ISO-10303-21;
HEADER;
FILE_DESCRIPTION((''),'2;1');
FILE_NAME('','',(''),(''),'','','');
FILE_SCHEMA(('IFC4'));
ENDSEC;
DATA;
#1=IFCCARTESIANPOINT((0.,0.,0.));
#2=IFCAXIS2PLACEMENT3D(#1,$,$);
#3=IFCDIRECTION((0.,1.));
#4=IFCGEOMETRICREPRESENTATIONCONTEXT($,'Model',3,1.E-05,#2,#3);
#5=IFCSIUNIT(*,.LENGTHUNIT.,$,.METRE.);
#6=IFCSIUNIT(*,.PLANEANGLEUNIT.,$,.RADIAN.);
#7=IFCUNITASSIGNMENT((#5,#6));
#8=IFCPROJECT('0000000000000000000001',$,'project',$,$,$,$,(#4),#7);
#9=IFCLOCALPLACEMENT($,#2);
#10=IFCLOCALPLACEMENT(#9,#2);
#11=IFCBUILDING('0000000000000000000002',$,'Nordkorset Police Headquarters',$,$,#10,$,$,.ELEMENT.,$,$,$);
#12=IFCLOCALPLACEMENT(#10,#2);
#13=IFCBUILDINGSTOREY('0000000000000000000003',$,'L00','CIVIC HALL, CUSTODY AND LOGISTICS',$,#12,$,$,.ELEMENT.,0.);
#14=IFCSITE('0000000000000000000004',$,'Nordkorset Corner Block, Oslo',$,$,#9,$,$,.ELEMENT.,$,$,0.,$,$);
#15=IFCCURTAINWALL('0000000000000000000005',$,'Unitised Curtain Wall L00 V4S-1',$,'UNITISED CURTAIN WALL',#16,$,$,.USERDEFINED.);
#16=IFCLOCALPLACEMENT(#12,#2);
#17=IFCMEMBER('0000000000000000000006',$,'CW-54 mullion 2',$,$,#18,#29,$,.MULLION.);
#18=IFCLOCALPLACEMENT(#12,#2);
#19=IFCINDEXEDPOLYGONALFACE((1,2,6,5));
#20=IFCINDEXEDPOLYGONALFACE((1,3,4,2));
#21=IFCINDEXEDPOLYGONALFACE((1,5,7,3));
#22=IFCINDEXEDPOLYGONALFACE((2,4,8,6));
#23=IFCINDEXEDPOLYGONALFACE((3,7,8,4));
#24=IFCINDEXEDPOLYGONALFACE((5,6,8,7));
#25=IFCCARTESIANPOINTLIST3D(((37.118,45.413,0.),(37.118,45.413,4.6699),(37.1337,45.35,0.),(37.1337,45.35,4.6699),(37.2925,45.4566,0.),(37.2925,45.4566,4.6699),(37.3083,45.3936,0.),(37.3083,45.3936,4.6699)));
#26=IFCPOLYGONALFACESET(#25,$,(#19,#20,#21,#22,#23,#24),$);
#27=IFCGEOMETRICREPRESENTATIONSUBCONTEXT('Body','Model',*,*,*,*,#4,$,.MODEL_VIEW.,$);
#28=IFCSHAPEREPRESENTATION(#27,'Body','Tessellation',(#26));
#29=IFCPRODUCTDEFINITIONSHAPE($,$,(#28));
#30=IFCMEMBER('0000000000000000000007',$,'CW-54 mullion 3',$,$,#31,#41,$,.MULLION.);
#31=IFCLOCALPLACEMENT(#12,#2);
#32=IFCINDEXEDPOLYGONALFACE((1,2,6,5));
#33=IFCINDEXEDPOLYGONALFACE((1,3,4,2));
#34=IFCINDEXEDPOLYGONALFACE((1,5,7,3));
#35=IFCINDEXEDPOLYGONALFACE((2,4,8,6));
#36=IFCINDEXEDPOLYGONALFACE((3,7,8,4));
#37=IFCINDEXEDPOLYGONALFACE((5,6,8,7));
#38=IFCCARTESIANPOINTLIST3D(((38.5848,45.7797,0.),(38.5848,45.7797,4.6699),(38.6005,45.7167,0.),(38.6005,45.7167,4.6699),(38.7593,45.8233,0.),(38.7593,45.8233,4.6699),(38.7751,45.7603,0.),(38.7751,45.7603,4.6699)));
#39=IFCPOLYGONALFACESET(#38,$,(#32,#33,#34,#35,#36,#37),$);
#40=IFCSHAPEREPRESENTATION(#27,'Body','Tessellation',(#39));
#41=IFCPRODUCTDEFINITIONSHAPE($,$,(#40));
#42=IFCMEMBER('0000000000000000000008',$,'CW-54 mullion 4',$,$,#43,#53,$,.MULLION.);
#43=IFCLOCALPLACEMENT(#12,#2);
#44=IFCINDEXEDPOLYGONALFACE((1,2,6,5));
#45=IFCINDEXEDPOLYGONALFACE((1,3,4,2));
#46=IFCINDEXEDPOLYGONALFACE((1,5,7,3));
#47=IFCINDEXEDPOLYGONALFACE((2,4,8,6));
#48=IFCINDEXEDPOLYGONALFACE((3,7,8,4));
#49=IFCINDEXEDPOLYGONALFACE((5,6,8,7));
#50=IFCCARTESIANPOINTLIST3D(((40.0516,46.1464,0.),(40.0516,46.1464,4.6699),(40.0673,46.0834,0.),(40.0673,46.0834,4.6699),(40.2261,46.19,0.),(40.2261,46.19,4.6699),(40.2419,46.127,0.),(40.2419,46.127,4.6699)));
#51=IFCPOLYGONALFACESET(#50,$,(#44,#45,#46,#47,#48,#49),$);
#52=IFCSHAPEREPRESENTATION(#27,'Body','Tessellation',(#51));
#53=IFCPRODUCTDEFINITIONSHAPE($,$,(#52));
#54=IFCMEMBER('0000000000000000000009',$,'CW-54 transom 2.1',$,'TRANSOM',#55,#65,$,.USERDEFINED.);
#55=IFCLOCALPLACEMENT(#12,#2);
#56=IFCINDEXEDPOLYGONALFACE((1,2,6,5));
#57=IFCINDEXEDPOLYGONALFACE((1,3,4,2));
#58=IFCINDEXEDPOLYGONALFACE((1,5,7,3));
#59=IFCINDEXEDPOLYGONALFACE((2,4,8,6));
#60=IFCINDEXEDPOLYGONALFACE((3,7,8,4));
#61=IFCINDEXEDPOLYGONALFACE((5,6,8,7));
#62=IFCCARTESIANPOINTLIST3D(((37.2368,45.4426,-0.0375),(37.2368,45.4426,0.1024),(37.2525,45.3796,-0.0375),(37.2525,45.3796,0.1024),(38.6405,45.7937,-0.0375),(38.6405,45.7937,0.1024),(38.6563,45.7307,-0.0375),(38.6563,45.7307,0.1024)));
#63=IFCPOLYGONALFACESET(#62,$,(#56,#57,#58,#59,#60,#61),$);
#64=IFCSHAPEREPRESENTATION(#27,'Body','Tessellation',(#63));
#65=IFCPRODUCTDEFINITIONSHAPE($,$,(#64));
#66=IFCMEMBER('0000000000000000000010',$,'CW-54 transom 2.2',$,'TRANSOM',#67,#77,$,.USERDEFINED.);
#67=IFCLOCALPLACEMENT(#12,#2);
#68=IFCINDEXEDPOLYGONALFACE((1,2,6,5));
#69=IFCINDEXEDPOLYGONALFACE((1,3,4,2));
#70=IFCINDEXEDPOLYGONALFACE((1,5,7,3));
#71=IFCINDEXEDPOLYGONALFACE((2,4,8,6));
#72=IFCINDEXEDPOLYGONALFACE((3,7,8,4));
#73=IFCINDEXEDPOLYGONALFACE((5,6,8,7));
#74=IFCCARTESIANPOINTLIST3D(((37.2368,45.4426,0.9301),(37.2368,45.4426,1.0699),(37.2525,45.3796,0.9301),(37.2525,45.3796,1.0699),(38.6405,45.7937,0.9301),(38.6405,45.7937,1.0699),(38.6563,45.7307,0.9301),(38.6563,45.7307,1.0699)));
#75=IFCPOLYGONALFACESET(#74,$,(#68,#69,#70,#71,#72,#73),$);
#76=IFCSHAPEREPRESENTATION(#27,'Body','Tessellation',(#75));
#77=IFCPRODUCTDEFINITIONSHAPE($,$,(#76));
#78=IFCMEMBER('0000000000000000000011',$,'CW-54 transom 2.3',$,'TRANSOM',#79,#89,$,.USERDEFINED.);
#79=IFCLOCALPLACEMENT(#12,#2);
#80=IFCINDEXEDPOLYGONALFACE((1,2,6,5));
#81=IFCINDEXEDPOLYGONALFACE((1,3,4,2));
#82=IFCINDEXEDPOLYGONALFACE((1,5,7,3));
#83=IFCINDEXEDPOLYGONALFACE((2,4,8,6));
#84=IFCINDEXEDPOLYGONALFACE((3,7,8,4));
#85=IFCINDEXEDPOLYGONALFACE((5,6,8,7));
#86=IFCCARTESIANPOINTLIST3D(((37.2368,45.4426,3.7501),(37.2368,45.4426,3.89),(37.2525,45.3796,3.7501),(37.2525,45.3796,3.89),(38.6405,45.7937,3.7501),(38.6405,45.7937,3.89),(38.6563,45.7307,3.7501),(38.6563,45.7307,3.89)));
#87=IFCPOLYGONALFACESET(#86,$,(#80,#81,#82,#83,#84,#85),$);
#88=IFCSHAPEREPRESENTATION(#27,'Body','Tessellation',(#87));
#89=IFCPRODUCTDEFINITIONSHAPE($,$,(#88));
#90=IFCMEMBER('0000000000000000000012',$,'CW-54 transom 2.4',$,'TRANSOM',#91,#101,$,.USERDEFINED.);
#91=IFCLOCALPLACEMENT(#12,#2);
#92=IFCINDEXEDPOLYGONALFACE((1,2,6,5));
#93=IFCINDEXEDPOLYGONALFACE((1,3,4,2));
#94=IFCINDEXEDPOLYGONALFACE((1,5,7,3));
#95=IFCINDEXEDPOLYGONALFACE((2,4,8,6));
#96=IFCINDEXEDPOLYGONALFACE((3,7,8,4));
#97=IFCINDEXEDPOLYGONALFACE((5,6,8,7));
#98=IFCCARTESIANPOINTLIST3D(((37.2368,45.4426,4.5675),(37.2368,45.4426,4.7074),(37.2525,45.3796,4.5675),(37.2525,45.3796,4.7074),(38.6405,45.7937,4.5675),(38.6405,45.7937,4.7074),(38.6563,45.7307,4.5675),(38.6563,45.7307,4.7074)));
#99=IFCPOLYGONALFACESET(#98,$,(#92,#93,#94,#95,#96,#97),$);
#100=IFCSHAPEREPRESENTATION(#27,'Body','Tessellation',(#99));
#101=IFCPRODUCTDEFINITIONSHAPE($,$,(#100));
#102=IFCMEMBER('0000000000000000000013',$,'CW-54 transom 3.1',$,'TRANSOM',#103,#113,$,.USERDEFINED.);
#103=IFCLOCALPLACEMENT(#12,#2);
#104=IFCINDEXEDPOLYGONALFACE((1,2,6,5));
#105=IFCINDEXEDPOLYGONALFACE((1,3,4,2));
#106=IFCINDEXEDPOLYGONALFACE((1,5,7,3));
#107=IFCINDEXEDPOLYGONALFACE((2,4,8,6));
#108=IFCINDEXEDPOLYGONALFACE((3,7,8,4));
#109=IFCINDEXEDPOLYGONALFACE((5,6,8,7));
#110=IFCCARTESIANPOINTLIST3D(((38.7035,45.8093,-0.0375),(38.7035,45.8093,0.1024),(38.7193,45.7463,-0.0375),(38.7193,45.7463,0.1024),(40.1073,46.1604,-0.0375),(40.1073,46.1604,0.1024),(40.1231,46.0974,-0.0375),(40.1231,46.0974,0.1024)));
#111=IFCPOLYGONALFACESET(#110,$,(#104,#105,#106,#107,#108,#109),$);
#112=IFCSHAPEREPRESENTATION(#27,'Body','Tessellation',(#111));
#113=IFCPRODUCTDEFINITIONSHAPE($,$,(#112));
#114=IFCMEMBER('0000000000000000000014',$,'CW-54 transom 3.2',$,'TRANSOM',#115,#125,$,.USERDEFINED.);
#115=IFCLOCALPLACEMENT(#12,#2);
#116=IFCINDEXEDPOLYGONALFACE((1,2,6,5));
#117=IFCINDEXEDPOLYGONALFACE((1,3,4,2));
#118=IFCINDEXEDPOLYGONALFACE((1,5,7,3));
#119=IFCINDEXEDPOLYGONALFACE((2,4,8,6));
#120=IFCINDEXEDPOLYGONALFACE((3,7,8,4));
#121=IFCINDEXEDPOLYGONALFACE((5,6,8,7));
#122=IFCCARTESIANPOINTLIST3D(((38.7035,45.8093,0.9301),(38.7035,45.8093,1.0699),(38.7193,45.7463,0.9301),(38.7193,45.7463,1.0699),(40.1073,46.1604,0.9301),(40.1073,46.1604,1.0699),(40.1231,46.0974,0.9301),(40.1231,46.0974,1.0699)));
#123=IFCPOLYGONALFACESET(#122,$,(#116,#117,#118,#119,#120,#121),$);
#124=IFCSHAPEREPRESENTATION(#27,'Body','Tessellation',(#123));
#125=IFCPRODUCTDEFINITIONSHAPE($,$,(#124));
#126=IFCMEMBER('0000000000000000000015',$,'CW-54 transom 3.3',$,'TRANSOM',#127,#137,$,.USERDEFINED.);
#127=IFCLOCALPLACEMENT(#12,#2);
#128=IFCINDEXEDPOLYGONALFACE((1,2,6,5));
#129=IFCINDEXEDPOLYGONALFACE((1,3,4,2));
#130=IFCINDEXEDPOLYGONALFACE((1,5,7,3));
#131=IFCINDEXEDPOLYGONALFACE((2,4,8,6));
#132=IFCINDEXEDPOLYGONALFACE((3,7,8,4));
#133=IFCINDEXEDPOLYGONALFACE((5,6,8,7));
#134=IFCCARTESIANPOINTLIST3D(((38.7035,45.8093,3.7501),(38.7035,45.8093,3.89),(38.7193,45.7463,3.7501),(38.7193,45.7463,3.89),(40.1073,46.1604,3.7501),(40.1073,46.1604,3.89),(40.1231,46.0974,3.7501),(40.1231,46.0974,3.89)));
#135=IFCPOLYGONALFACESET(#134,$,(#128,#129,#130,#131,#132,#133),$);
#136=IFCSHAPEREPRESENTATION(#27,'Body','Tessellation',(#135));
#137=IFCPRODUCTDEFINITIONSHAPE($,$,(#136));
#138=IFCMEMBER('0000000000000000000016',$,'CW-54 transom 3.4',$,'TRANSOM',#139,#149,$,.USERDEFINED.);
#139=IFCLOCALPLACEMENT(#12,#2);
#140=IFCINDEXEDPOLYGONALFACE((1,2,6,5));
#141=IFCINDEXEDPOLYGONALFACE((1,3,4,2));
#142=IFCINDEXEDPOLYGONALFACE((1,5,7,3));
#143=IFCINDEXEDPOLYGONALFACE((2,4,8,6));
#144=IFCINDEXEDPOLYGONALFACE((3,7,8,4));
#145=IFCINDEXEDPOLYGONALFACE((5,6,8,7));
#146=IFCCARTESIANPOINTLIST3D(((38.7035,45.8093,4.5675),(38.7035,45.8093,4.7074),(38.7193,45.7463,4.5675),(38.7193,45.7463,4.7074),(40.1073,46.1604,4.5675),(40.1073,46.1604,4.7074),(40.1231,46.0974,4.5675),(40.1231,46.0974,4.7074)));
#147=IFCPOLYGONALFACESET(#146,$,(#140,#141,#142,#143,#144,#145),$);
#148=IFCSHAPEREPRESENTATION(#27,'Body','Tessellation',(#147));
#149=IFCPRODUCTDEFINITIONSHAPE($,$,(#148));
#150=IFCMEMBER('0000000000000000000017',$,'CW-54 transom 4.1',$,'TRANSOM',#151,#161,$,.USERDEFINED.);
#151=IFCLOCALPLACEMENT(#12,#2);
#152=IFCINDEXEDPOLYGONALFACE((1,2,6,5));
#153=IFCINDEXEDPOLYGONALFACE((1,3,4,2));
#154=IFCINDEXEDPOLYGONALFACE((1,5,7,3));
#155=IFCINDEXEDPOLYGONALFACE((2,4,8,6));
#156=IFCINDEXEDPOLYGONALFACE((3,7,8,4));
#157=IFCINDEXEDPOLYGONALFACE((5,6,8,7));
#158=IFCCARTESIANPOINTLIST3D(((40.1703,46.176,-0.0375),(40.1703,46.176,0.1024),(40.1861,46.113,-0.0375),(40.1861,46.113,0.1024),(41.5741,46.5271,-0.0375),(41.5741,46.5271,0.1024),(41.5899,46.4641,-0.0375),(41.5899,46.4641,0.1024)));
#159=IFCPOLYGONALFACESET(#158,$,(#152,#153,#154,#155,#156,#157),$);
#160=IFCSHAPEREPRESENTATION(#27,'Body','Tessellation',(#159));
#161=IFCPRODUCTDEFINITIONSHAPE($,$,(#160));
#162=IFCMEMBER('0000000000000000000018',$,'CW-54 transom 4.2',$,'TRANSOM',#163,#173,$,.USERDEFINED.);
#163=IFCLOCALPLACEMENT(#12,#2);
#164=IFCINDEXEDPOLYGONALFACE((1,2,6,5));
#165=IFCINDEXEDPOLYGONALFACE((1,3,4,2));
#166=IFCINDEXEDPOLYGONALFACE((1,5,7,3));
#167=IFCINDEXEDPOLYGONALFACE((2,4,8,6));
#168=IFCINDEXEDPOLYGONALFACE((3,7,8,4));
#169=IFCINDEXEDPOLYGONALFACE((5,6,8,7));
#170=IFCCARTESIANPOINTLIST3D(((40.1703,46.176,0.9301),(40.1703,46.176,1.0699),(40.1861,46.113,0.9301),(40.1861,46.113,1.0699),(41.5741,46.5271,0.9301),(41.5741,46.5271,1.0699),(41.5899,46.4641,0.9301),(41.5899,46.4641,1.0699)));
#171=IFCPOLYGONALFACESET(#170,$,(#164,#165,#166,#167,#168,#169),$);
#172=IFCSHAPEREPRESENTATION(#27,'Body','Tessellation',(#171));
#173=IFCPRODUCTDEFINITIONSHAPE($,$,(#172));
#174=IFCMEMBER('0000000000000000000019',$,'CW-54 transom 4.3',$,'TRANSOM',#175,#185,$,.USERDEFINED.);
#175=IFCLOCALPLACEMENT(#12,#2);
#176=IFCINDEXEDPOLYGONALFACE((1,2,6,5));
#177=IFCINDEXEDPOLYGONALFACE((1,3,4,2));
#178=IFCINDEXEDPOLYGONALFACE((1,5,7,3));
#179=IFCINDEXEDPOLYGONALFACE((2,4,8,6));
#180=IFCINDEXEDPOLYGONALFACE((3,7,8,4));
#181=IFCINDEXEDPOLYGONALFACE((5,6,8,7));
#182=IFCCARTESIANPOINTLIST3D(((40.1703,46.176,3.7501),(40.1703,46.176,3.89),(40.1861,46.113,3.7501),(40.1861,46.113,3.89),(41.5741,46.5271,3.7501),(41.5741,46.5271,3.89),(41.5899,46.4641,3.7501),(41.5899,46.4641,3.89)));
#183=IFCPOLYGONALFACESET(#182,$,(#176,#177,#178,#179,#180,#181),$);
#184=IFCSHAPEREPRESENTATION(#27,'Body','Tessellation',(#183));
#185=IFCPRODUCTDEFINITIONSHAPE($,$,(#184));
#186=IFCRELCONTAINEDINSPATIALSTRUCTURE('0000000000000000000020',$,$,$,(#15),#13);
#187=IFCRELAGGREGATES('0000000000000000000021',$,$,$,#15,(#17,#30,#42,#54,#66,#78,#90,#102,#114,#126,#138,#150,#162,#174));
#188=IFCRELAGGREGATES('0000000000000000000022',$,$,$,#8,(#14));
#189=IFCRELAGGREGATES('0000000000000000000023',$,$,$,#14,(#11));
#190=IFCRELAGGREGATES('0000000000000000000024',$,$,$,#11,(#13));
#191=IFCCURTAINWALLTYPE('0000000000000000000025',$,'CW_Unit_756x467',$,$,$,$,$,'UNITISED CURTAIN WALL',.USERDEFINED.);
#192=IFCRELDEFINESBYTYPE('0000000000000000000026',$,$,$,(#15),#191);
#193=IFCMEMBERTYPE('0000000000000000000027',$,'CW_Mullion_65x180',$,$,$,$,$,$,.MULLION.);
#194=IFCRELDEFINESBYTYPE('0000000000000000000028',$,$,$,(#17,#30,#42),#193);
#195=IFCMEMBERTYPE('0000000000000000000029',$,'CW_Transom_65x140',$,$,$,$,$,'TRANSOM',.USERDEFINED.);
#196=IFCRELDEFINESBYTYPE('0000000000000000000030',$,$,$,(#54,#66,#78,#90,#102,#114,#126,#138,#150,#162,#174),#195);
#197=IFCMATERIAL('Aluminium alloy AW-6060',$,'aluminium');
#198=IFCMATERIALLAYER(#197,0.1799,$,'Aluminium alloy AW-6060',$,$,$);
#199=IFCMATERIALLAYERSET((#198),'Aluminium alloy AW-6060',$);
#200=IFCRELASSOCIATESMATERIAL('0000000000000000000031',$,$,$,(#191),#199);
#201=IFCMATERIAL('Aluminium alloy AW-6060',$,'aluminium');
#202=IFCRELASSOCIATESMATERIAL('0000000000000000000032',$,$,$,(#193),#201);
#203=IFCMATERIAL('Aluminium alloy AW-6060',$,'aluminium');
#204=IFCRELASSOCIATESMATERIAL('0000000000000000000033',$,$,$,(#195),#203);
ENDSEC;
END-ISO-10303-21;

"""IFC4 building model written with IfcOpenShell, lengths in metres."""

from ifc_helpers import new_model, si_unit, direction, frame, origin, origin_2d, place, context, subcontext, project, spatial, rectangle, extrude, material, layer, layer_set, material_profile, profile_set, type_object, element, aggregate, save


model = new_model("IFC4")

# Units and contexts
model_context = context("Model", 3, precision=1e-05, world=origin(), true_north=direction((0.0, 1.0)))
body_context = subcontext(model_context, "Body", "Model", "MODEL_VIEW")
ifc_project = project(units=[si_unit("LENGTHUNIT", "METRE"), si_unit("PLANEANGLEUNIT", "RADIAN")], contexts=[model_context])

# Site, building, storey
site_placement = place(None, origin())
site = spatial("IfcSite", under=ifc_project, at=site_placement, Name="Nordkorset Corner Block, Oslo", CompositionType="ELEMENT", RefElevation=0.0)
building_placement = place(site_placement, origin())
building = spatial("IfcBuilding", under=site, at=building_placement, Name="Nordkorset Police Headquarters", CompositionType="ELEMENT")
storey_placement = place(building_placement, origin())
storey = spatial("IfcBuildingStorey", under=building, at=storey_placement, Name="L00", Description="CIVIC HALL, CUSTODY AND LOGISTICS", CompositionType="ELEMENT", Elevation=0.0)

# Curtain wall, members
ifc_material_1 = material(Name="Aluminium alloy AW-6060", Category="aluminium")
ifc_layer_1 = layer(ifc_material_1, 0.1799, Name="Aluminium alloy AW-6060")
ifc_layer_set_1 = layer_set([ifc_layer_1], Name="Aluminium alloy AW-6060")
curtain_wall_type = type_object("IfcCurtainWallType", Name="CW_Unit_756x467", ElementType="UNITISED CURTAIN WALL", PredefinedType="USERDEFINED", material=ifc_layer_set_1)
curtain_wall_placement = place(storey_placement, origin())
curtain_wall = element("IfcCurtainWall", 1, at=curtain_wall_placement, inside=storey, type_object=curtain_wall_type, Name="Unitised Curtain Wall L00 V4S-1", ObjectType="UNITISED CURTAIN WALL", PredefinedType="USERDEFINED")
ifc_material_2 = material(Name="Aluminium alloy AW-6060", Category="aluminium")
ifc_material_profile_1 = material_profile(ifc_material_2, rectangle(XDim=0.0649, YDim=0.1799, at=origin_2d()), Name="ALU MULL 65x180")
ifc_profile_set_1 = profile_set([ifc_material_profile_1], Name="Aluminium alloy AW-6060")
member_type_1 = type_object("IfcMemberType", Name="CW_Mullion_65x180", PredefinedType="MULLION", material=ifc_profile_set_1)
member_1_placement = place(storey_placement, frame((37.2131, 45.4033, 0.0), z_axis=(0.0, 0.0, 1.0), x_axis=(-0.242536, 0.970143, 0.0)))
member_1 = element("IfcMember", 2, at=member_1_placement, type_object=member_type_1, Name="CW-54 mullion 2", PredefinedType="MULLION", context=body_context, shape_type="SweptSolid", body=[
    extrude(rectangle(XDim=0.0649, YDim=0.1799, at=origin_2d()), origin(), (0.0, 0.0, 1.0), 4.6699),
])
member_2_placement = place(storey_placement, frame((38.6799, 45.77, 0.0), z_axis=(0.0, 0.0, 1.0), x_axis=(-0.242536, 0.970143, 0.0)))
member_2 = element("IfcMember", 3, at=member_2_placement, type_object=member_type_1, Name="CW-54 mullion 3", PredefinedType="MULLION", context=body_context, shape_type="SweptSolid", body=[
    extrude(rectangle(XDim=0.0649, YDim=0.1799, at=origin_2d()), origin(), (0.0, 0.0, 1.0), 4.6699),
])
member_3_placement = place(storey_placement, frame((40.1467, 46.1367, 0.0), z_axis=(0.0, 0.0, 1.0), x_axis=(-0.242536, 0.970143, 0.0)))
member_3 = element("IfcMember", 4, at=member_3_placement, type_object=member_type_1, Name="CW-54 mullion 4", PredefinedType="MULLION", context=body_context, shape_type="SweptSolid", body=[
    extrude(rectangle(XDim=0.0649, YDim=0.1799, at=origin_2d()), origin(), (0.0, 0.0, 1.0), 4.6699),
])
ifc_material_3 = material(Name="Aluminium alloy AW-6060", Category="aluminium")
ifc_material_profile_2 = material_profile(ifc_material_3, rectangle(XDim=0.0649, YDim=0.1399, at=origin_2d()), Name="ALU TRAN 65x140")
ifc_profile_set_2 = profile_set([ifc_material_profile_2], Name="Aluminium alloy AW-6060")
member_type_2 = type_object("IfcMemberType", Name="CW_Transom_65x140", ElementType="TRANSOM", PredefinedType="USERDEFINED", material=ifc_profile_set_2)
member_4_placement = place(storey_placement, frame((37.2446, 45.4111, 0.0325), z_axis=(0.970123, 0.242615, 0.0), x_axis=(-0.242615, 0.970123, 0.0)))
member_4 = element("IfcMember", 5, at=member_4_placement, type_object=member_type_2, Name="CW-54 transom 2.1", ObjectType="TRANSOM", PredefinedType="USERDEFINED", context=body_context, shape_type="SweptSolid", body=[
    extrude(rectangle(XDim=0.0649, YDim=0.1399, at=origin_2d()), origin(), (0.0, 0.0, 1.0), 1.447),
])
member_5_placement = place(storey_placement, frame((37.2446, 45.4111, 1.0), z_axis=(0.970123, 0.242615, 0.0), x_axis=(-0.242615, 0.970123, 0.0)))
member_5 = element("IfcMember", 6, at=member_5_placement, type_object=member_type_2, Name="CW-54 transom 2.2", ObjectType="TRANSOM", PredefinedType="USERDEFINED", context=body_context, shape_type="SweptSolid", body=[
    extrude(rectangle(XDim=0.0649, YDim=0.1399, at=origin_2d()), origin(), (0.0, 0.0, 1.0), 1.447),
])
member_6_placement = place(storey_placement, frame((37.2446, 45.4111, 3.8201), z_axis=(0.970123, 0.242615, 0.0), x_axis=(-0.242615, 0.970123, 0.0)))
member_6 = element("IfcMember", 7, at=member_6_placement, type_object=member_type_2, Name="CW-54 transom 2.3", ObjectType="TRANSOM", PredefinedType="USERDEFINED", context=body_context, shape_type="SweptSolid", body=[
    extrude(rectangle(XDim=0.0649, YDim=0.1399, at=origin_2d()), origin(), (0.0, 0.0, 1.0), 1.447),
])
member_7_placement = place(storey_placement, frame((37.2446, 45.4111, 4.6375), z_axis=(0.970123, 0.242615, 0.0), x_axis=(-0.242615, 0.970123, 0.0)))
member_7 = element("IfcMember", 8, at=member_7_placement, type_object=member_type_2, Name="CW-54 transom 2.4", ObjectType="TRANSOM", PredefinedType="USERDEFINED", context=body_context, shape_type="SweptSolid", body=[
    extrude(rectangle(XDim=0.0649, YDim=0.1399, at=origin_2d()), origin(), (0.0, 0.0, 1.0), 1.447),
])
member_8_placement = place(storey_placement, frame((38.7114, 45.7778, 0.0325), z_axis=(0.970123, 0.242615, 0.0), x_axis=(-0.242615, 0.970123, 0.0)))
member_8 = element("IfcMember", 9, at=member_8_placement, type_object=member_type_2, Name="CW-54 transom 3.1", ObjectType="TRANSOM", PredefinedType="USERDEFINED", context=body_context, shape_type="SweptSolid", body=[
    extrude(rectangle(XDim=0.0649, YDim=0.1399, at=origin_2d()), origin(), (0.0, 0.0, 1.0), 1.447),
])
member_9_placement = place(storey_placement, frame((38.7114, 45.7778, 1.0), z_axis=(0.970123, 0.242615, 0.0), x_axis=(-0.242615, 0.970123, 0.0)))
member_9 = element("IfcMember", 10, at=member_9_placement, type_object=member_type_2, Name="CW-54 transom 3.2", ObjectType="TRANSOM", PredefinedType="USERDEFINED", context=body_context, shape_type="SweptSolid", body=[
    extrude(rectangle(XDim=0.0649, YDim=0.1399, at=origin_2d()), origin(), (0.0, 0.0, 1.0), 1.447),
])
member_10_placement = place(storey_placement, frame((38.7114, 45.7778, 3.8201), z_axis=(0.970123, 0.242615, 0.0), x_axis=(-0.242615, 0.970123, 0.0)))
member_10 = element("IfcMember", 11, at=member_10_placement, type_object=member_type_2, Name="CW-54 transom 3.3", ObjectType="TRANSOM", PredefinedType="USERDEFINED", context=body_context, shape_type="SweptSolid", body=[
    extrude(rectangle(XDim=0.0649, YDim=0.1399, at=origin_2d()), origin(), (0.0, 0.0, 1.0), 1.447),
])
member_11_placement = place(storey_placement, frame((38.7114, 45.7778, 4.6375), z_axis=(0.970123, 0.242615, 0.0), x_axis=(-0.242615, 0.970123, 0.0)))
member_11 = element("IfcMember", 12, at=member_11_placement, type_object=member_type_2, Name="CW-54 transom 3.4", ObjectType="TRANSOM", PredefinedType="USERDEFINED", context=body_context, shape_type="SweptSolid", body=[
    extrude(rectangle(XDim=0.0649, YDim=0.1399, at=origin_2d()), origin(), (0.0, 0.0, 1.0), 1.447),
])
member_12_placement = place(storey_placement, frame((40.1782, 46.1445, 0.0325), z_axis=(0.970123, 0.242615, 0.0), x_axis=(-0.242615, 0.970123, 0.0)))
member_12 = element("IfcMember", 13, at=member_12_placement, type_object=member_type_2, Name="CW-54 transom 4.1", ObjectType="TRANSOM", PredefinedType="USERDEFINED", context=body_context, shape_type="SweptSolid", body=[
    extrude(rectangle(XDim=0.0649, YDim=0.1399, at=origin_2d()), origin(), (0.0, 0.0, 1.0), 1.447),
])
member_13_placement = place(storey_placement, frame((40.1782, 46.1445, 1.0), z_axis=(0.970123, 0.242615, 0.0), x_axis=(-0.242615, 0.970123, 0.0)))
member_13 = element("IfcMember", 14, at=member_13_placement, type_object=member_type_2, Name="CW-54 transom 4.2", ObjectType="TRANSOM", PredefinedType="USERDEFINED", context=body_context, shape_type="SweptSolid", body=[
    extrude(rectangle(XDim=0.0649, YDim=0.1399, at=origin_2d()), origin(), (0.0, 0.0, 1.0), 1.447),
])
member_14_placement = place(storey_placement, frame((40.1782, 46.1445, 3.8201), z_axis=(0.970123, 0.242615, 0.0), x_axis=(-0.242615, 0.970123, 0.0)))
member_14 = element("IfcMember", 15, at=member_14_placement, type_object=member_type_2, Name="CW-54 transom 4.3", ObjectType="TRANSOM", PredefinedType="USERDEFINED", context=body_context, shape_type="SweptSolid", body=[
    extrude(rectangle(XDim=0.0649, YDim=0.1399, at=origin_2d()), origin(), (0.0, 0.0, 1.0), 1.447),
])
aggregate(curtain_wall, [member_1, member_2, member_3, member_4, member_5, member_6, member_7, member_8, member_9, member_10, member_11, member_12, member_13, member_14])

save(model, "model.ifc")
